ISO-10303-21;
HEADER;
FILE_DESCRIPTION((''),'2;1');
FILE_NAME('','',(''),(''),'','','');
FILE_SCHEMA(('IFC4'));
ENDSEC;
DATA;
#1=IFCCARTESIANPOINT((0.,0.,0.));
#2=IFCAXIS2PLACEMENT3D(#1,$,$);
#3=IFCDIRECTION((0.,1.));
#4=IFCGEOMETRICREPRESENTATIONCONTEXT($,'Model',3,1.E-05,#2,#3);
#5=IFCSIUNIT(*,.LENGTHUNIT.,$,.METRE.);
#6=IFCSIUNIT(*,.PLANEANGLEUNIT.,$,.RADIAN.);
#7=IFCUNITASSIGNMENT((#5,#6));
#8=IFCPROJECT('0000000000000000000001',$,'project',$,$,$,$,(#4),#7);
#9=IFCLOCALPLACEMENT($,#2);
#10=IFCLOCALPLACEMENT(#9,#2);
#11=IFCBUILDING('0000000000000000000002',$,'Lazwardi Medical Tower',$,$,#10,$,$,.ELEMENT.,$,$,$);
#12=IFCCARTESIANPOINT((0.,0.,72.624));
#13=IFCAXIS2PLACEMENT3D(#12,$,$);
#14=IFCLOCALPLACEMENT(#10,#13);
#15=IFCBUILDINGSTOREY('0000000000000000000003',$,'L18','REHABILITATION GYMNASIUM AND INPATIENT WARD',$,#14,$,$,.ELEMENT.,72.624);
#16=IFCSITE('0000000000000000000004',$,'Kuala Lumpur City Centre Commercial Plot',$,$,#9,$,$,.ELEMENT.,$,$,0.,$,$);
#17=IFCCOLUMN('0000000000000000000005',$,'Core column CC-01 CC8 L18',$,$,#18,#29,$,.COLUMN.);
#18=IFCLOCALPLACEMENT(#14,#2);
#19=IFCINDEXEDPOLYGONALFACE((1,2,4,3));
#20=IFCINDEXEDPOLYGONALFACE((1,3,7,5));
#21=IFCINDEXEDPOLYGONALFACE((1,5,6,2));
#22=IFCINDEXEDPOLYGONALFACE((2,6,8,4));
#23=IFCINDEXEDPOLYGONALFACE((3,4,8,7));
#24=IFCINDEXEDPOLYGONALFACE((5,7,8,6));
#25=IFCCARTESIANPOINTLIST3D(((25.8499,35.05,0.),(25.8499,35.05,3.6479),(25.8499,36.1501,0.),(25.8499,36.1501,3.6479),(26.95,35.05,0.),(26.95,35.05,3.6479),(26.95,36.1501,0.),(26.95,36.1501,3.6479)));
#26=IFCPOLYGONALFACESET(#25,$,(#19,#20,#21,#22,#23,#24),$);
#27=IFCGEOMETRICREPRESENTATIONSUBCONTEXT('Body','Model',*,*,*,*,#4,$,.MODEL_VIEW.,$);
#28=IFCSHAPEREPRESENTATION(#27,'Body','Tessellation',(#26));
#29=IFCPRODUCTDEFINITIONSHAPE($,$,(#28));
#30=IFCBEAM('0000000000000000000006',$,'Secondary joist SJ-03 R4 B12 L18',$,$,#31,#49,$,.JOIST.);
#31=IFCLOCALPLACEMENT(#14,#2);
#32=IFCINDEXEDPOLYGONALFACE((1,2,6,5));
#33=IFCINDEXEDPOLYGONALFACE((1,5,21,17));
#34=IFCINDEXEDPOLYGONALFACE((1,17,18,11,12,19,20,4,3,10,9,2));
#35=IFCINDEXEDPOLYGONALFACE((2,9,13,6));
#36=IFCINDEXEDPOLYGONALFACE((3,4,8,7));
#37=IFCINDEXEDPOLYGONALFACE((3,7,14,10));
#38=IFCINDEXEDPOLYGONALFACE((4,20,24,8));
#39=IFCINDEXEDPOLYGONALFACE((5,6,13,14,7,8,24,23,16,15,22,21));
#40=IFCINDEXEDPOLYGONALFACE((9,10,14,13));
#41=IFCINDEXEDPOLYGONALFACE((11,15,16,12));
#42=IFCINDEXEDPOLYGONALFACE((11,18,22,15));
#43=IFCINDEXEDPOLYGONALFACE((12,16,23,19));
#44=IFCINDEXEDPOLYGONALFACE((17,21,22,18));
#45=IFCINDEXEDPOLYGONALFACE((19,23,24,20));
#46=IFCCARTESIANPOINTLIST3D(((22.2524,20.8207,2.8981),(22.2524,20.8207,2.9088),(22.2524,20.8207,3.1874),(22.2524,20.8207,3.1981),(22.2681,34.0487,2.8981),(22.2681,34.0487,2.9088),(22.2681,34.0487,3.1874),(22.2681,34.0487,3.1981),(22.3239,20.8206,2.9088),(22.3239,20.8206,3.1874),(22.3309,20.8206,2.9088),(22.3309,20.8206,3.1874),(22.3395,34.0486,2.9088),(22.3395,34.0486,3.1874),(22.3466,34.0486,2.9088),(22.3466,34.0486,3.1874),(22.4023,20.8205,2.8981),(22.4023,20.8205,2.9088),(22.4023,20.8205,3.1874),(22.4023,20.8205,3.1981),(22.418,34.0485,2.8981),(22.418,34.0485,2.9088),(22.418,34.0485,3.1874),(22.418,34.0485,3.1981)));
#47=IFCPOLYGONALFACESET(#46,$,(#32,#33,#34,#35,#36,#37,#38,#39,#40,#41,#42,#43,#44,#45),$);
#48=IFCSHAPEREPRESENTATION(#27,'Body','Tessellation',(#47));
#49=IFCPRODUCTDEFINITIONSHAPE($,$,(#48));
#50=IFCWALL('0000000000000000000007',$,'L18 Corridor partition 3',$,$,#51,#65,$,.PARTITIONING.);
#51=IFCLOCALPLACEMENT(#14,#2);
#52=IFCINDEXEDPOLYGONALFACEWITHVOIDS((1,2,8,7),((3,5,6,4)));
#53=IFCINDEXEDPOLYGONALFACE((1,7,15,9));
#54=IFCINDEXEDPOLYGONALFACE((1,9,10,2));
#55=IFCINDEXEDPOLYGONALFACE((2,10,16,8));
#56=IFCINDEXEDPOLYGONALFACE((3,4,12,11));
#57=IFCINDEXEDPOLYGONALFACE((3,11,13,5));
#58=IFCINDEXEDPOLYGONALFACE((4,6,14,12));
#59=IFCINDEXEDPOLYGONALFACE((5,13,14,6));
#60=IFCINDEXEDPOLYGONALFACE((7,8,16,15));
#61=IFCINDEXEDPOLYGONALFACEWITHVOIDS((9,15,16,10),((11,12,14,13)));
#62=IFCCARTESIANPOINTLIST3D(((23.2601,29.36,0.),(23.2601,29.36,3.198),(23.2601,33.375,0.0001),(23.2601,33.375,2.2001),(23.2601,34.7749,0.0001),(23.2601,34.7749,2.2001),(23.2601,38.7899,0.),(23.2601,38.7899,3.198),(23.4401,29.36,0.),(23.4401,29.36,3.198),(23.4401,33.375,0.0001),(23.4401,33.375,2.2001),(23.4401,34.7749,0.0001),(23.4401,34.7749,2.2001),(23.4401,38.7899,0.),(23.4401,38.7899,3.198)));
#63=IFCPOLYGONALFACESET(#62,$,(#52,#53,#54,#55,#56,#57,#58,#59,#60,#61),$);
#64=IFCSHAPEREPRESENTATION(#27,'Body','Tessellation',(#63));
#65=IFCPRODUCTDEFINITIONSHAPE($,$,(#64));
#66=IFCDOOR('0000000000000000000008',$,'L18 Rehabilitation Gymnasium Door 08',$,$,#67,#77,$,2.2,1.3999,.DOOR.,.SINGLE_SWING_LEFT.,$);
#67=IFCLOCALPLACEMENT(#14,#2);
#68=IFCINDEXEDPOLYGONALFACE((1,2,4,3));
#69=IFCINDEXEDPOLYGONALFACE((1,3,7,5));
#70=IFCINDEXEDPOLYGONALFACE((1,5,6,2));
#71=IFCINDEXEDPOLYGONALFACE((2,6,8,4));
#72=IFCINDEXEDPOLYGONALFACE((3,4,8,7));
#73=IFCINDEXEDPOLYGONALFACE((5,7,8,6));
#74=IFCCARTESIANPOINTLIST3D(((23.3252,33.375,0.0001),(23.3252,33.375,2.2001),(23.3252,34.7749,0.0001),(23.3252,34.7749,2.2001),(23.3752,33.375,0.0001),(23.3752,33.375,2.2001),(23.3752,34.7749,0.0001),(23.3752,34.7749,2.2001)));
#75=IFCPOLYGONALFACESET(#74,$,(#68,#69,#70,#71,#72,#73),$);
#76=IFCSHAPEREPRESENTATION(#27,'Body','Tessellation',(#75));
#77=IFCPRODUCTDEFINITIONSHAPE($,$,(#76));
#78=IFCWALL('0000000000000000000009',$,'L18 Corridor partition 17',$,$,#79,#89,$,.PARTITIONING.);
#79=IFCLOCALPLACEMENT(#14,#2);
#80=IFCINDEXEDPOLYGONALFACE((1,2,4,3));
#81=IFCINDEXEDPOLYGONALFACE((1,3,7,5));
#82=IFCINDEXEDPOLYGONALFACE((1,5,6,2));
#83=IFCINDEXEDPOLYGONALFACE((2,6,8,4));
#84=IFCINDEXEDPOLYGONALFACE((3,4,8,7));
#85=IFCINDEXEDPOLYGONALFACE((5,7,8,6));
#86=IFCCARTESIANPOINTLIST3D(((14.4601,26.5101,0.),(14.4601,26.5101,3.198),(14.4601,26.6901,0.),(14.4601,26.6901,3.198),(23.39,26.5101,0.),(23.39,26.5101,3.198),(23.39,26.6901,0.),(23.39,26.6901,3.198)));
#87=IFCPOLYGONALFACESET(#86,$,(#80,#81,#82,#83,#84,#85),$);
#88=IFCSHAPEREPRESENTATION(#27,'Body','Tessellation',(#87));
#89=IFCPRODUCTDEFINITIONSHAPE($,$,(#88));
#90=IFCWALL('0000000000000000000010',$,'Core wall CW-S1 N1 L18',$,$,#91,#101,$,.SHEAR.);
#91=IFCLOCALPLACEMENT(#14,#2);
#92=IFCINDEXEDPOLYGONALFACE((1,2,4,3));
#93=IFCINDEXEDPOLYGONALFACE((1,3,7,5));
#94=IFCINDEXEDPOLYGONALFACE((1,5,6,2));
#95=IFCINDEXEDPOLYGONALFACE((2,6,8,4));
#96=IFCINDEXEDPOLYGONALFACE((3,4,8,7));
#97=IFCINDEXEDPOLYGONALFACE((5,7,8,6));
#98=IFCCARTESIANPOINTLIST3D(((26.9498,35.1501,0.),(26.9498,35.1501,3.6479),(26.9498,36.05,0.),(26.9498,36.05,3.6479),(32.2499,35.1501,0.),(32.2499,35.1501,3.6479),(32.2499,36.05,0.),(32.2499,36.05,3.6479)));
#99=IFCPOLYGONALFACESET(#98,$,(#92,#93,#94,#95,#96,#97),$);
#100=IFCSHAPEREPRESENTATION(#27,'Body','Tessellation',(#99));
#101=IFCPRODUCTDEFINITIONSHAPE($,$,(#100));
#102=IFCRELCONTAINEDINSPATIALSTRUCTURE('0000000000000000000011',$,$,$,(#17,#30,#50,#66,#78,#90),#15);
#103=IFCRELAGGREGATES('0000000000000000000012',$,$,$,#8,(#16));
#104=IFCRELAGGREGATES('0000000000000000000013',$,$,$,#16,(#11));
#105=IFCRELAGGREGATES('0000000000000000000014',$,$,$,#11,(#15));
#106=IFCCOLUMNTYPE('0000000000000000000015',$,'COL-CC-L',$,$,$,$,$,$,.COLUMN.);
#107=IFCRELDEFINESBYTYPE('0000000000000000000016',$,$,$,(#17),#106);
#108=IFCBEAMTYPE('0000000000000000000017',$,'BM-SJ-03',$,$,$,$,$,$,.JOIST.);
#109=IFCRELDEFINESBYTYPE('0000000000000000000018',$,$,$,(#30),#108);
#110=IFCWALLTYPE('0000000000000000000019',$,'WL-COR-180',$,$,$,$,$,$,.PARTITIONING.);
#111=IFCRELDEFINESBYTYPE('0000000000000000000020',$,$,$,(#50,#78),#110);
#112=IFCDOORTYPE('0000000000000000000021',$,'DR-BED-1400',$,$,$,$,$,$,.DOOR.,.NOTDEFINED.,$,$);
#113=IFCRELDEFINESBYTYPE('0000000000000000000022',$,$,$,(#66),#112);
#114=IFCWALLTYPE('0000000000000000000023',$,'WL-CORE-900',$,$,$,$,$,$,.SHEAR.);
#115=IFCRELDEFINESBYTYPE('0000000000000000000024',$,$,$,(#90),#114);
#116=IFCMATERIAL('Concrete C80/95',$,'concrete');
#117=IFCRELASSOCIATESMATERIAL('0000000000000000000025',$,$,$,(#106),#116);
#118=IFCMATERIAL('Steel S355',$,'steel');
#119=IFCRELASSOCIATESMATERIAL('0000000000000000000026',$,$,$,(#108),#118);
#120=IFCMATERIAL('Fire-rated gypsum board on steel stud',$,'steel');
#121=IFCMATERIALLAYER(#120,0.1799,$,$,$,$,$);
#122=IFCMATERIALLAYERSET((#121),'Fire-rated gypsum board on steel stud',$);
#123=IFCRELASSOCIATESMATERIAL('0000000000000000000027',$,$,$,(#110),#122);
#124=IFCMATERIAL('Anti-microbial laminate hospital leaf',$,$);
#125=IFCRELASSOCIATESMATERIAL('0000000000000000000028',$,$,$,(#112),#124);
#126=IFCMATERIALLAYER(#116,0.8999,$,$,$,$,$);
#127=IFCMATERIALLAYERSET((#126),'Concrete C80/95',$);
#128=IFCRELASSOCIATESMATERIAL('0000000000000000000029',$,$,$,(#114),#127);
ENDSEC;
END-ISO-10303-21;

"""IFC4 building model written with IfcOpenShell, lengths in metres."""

from ifc_helpers import new_model, si_unit, direction, frame, frame_2d, origin, origin_2d, place, context, subcontext, project, spatial, rectangle, i_section, extrude, material, layer, layer_set, material_profile, profile_set, type_object, element, fill, save


model = new_model("IFC4")

# Units and contexts
model_context = context("Model", 3, precision=1e-05, world=origin(), true_north=direction((0.0, 1.0)))
body_context = subcontext(model_context, "Body", "Model", "MODEL_VIEW")
ifc_project = project(units=[si_unit("LENGTHUNIT", "METRE"), si_unit("PLANEANGLEUNIT", "RADIAN")], contexts=[model_context])

# Site, building, storey
site_placement = place(None, origin())
site = spatial("IfcSite", under=ifc_project, at=site_placement, Name="Kuala Lumpur City Centre Commercial Plot", CompositionType="ELEMENT", RefElevation=0.0)
building_placement = place(site_placement, origin())
building = spatial("IfcBuilding", under=site, at=building_placement, Name="Lazwardi Medical Tower", CompositionType="ELEMENT")
storey_placement = place(building_placement, frame((0.0, 0.0, 72.624)))
storey = spatial("IfcBuildingStorey", under=building, at=storey_placement, Name="L18", Description="REHABILITATION GYMNASIUM AND INPATIENT WARD", CompositionType="ELEMENT", Elevation=72.624)

# Column
ifc_material_1 = material(Name="Concrete C80/95", Category="concrete")
ifc_material_profile_1 = material_profile(ifc_material_1, rectangle(XDim=1.1001, YDim=1.1001, at=origin_2d()), Name="RC 1100x1100")
ifc_profile_set_1 = profile_set([ifc_material_profile_1], Name="Concrete C80/95")
column_type = type_object("IfcColumnType", Name="COL-CC-L", PredefinedType="COLUMN", material=ifc_profile_set_1)
column_placement = place(storey_placement, frame((26.3999, 35.6001, 0.0), z_axis=(0.0, 0.0, 1.0), x_axis=(1.0, 0.0, 0.0)))
element("IfcColumn", 1, at=column_placement, inside=storey, type_object=column_type, Name="Core column CC-01 CC8 L18", PredefinedType="COLUMN", context=body_context, shape_type="SweptSolid", body=[
    extrude(rectangle(XDim=1.1001, YDim=1.1001, at=origin_2d()), origin(), (0.0, 0.0, 1.0), 3.6479),
])

# Beam
ifc_material_2 = material(Name="Steel S355", Category="steel")
ifc_material_profile_2 = material_profile(ifc_material_2, i_section(OverallWidth=0.1499, OverallDepth=0.3, WebThickness=0.0071, FlangeThickness=0.0107, at=origin_2d()), Name="IPE 300")
ifc_profile_set_2 = profile_set([ifc_material_profile_2], Name="Steel S355")
beam_type = type_object("IfcBeamType", Name="BM-SJ-03", PredefinedType="JOIST", material=ifc_profile_set_2)
beam_placement = place(storey_placement, frame((22.343, 34.0486, 3.0481), z_axis=(-0.001181, -0.999999, 0.0), x_axis=(0.999999, -0.001181, 0.0)))
element("IfcBeam", 2, at=beam_placement, inside=storey, type_object=beam_type, Name="Secondary joist SJ-03 R4 B12 L18", PredefinedType="JOIST", context=body_context, shape_type="SweptSolid", body=[
    extrude(i_section(OverallWidth=0.1499, OverallDepth=0.3, WebThickness=0.0071, FlangeThickness=0.0107, at=origin_2d()), origin(), (0.0, 0.0, 1.0), 13.228),
])

# Wall, opening, door
ifc_material_3 = material(Name="Fire-rated gypsum board on steel stud", Category="steel")
ifc_layer_1 = layer(ifc_material_3, 0.1799)
ifc_layer_set_1 = layer_set([ifc_layer_1], Name="Fire-rated gypsum board on steel stud")
wall_type_1 = type_object("IfcWallType", Name="WL-COR-180", PredefinedType="PARTITIONING", material=ifc_layer_set_1)
wall_1_placement = place(storey_placement, frame((23.3501, 29.3601, 0.0), z_axis=(0.0, 0.0, 1.0), x_axis=(0.0, 1.0, 0.0)))
wall_1 = element("IfcWall", 3, at=wall_1_placement, inside=storey, type_object=wall_type_1, Name="L18 Corridor partition 3", PredefinedType="PARTITIONING", context=body_context, shape_type="SweptSolid", body=[
    extrude(rectangle(XDim=9.4299, YDim=0.1799, at=frame_2d((4.7148, 0.0))), origin(), (0.0, 0.0, 1.0), 3.198),
])
opening_1_placement = place(wall_1_placement, frame((4.0149, 0.0, 0.0)))
opening_1 = element("IfcOpeningElement", 4, at=opening_1_placement, cuts=wall_1, PredefinedType="OPENING", context=body_context, shape_type="SweptSolid", body=[
    extrude(rectangle(XDim=1.3999, YDim=2.2, at=frame_2d((0.7, 1.1001))), frame((0.0, 0.0999, 0.0), z_axis=(0.0, -1.0, 0.0), x_axis=(1.0, 0.0, 0.0)), (0.0, 0.0, 1.0), 0.2),
])
ifc_material_4 = material(Name="Anti-microbial laminate hospital leaf")
door_type_1 = type_object("IfcDoorType", Name="DR-BED-1400", OperationType="NOTDEFINED", PredefinedType="DOOR", material=ifc_material_4)
door_1_placement = place(opening_1_placement, origin())
door_1 = element("IfcDoor", 5, at=door_1_placement, inside=storey, type_object=door_type_1, Name="L18 Rehabilitation Gymnasium Door 08", OperationType="SINGLE_SWING_LEFT", OverallHeight=2.2, OverallWidth=1.3999, PredefinedType="DOOR", context=body_context, shape_type="SweptSolid", body=[
    extrude(rectangle(XDim=1.3999, YDim=2.2, at=frame_2d((0.7, 1.1001))), frame((0.0, 0.0249, 0.0), z_axis=(0.0, -1.0, 0.0), x_axis=(1.0, 0.0, 0.0)), (0.0, 0.0, 1.0), 0.05),
])
fill(opening_1, door_1)

# Walls
wall_2_placement = place(storey_placement, frame((23.3899, 26.6001, 0.0), z_axis=(0.0, 0.0, 1.0), x_axis=(-1.0, 0.0, 0.0)))
element("IfcWall", 6, at=wall_2_placement, inside=storey, type_object=wall_type_1, Name="L18 Corridor partition 17", PredefinedType="PARTITIONING", context=body_context, shape_type="SweptSolid", body=[
    extrude(rectangle(XDim=8.9299, YDim=0.1799, at=frame_2d((4.4648, 0.0))), origin(), (0.0, 0.0, 1.0), 3.198),
])
ifc_layer_2 = layer(ifc_material_1, 0.8999)
ifc_layer_set_2 = layer_set([ifc_layer_2], Name="Concrete C80/95")
wall_type_2 = type_object("IfcWallType", Name="WL-CORE-900", PredefinedType="SHEAR", material=ifc_layer_set_2)
wall_3_placement = place(storey_placement, frame((26.95, 35.6001, 0.0), z_axis=(0.0, 0.0, 1.0), x_axis=(1.0, 0.0, 0.0)))
element("IfcWall", 7, at=wall_3_placement, inside=storey, type_object=wall_type_2, Name="Core wall CW-S1 N1 L18", PredefinedType="SHEAR", context=body_context, shape_type="SweptSolid", body=[
    extrude(rectangle(XDim=5.3, YDim=0.8999, at=frame_2d((2.6499, 0.0))), origin(), (0.0, 0.0, 1.0), 3.6479),
])

save(model, "model.ifc")
